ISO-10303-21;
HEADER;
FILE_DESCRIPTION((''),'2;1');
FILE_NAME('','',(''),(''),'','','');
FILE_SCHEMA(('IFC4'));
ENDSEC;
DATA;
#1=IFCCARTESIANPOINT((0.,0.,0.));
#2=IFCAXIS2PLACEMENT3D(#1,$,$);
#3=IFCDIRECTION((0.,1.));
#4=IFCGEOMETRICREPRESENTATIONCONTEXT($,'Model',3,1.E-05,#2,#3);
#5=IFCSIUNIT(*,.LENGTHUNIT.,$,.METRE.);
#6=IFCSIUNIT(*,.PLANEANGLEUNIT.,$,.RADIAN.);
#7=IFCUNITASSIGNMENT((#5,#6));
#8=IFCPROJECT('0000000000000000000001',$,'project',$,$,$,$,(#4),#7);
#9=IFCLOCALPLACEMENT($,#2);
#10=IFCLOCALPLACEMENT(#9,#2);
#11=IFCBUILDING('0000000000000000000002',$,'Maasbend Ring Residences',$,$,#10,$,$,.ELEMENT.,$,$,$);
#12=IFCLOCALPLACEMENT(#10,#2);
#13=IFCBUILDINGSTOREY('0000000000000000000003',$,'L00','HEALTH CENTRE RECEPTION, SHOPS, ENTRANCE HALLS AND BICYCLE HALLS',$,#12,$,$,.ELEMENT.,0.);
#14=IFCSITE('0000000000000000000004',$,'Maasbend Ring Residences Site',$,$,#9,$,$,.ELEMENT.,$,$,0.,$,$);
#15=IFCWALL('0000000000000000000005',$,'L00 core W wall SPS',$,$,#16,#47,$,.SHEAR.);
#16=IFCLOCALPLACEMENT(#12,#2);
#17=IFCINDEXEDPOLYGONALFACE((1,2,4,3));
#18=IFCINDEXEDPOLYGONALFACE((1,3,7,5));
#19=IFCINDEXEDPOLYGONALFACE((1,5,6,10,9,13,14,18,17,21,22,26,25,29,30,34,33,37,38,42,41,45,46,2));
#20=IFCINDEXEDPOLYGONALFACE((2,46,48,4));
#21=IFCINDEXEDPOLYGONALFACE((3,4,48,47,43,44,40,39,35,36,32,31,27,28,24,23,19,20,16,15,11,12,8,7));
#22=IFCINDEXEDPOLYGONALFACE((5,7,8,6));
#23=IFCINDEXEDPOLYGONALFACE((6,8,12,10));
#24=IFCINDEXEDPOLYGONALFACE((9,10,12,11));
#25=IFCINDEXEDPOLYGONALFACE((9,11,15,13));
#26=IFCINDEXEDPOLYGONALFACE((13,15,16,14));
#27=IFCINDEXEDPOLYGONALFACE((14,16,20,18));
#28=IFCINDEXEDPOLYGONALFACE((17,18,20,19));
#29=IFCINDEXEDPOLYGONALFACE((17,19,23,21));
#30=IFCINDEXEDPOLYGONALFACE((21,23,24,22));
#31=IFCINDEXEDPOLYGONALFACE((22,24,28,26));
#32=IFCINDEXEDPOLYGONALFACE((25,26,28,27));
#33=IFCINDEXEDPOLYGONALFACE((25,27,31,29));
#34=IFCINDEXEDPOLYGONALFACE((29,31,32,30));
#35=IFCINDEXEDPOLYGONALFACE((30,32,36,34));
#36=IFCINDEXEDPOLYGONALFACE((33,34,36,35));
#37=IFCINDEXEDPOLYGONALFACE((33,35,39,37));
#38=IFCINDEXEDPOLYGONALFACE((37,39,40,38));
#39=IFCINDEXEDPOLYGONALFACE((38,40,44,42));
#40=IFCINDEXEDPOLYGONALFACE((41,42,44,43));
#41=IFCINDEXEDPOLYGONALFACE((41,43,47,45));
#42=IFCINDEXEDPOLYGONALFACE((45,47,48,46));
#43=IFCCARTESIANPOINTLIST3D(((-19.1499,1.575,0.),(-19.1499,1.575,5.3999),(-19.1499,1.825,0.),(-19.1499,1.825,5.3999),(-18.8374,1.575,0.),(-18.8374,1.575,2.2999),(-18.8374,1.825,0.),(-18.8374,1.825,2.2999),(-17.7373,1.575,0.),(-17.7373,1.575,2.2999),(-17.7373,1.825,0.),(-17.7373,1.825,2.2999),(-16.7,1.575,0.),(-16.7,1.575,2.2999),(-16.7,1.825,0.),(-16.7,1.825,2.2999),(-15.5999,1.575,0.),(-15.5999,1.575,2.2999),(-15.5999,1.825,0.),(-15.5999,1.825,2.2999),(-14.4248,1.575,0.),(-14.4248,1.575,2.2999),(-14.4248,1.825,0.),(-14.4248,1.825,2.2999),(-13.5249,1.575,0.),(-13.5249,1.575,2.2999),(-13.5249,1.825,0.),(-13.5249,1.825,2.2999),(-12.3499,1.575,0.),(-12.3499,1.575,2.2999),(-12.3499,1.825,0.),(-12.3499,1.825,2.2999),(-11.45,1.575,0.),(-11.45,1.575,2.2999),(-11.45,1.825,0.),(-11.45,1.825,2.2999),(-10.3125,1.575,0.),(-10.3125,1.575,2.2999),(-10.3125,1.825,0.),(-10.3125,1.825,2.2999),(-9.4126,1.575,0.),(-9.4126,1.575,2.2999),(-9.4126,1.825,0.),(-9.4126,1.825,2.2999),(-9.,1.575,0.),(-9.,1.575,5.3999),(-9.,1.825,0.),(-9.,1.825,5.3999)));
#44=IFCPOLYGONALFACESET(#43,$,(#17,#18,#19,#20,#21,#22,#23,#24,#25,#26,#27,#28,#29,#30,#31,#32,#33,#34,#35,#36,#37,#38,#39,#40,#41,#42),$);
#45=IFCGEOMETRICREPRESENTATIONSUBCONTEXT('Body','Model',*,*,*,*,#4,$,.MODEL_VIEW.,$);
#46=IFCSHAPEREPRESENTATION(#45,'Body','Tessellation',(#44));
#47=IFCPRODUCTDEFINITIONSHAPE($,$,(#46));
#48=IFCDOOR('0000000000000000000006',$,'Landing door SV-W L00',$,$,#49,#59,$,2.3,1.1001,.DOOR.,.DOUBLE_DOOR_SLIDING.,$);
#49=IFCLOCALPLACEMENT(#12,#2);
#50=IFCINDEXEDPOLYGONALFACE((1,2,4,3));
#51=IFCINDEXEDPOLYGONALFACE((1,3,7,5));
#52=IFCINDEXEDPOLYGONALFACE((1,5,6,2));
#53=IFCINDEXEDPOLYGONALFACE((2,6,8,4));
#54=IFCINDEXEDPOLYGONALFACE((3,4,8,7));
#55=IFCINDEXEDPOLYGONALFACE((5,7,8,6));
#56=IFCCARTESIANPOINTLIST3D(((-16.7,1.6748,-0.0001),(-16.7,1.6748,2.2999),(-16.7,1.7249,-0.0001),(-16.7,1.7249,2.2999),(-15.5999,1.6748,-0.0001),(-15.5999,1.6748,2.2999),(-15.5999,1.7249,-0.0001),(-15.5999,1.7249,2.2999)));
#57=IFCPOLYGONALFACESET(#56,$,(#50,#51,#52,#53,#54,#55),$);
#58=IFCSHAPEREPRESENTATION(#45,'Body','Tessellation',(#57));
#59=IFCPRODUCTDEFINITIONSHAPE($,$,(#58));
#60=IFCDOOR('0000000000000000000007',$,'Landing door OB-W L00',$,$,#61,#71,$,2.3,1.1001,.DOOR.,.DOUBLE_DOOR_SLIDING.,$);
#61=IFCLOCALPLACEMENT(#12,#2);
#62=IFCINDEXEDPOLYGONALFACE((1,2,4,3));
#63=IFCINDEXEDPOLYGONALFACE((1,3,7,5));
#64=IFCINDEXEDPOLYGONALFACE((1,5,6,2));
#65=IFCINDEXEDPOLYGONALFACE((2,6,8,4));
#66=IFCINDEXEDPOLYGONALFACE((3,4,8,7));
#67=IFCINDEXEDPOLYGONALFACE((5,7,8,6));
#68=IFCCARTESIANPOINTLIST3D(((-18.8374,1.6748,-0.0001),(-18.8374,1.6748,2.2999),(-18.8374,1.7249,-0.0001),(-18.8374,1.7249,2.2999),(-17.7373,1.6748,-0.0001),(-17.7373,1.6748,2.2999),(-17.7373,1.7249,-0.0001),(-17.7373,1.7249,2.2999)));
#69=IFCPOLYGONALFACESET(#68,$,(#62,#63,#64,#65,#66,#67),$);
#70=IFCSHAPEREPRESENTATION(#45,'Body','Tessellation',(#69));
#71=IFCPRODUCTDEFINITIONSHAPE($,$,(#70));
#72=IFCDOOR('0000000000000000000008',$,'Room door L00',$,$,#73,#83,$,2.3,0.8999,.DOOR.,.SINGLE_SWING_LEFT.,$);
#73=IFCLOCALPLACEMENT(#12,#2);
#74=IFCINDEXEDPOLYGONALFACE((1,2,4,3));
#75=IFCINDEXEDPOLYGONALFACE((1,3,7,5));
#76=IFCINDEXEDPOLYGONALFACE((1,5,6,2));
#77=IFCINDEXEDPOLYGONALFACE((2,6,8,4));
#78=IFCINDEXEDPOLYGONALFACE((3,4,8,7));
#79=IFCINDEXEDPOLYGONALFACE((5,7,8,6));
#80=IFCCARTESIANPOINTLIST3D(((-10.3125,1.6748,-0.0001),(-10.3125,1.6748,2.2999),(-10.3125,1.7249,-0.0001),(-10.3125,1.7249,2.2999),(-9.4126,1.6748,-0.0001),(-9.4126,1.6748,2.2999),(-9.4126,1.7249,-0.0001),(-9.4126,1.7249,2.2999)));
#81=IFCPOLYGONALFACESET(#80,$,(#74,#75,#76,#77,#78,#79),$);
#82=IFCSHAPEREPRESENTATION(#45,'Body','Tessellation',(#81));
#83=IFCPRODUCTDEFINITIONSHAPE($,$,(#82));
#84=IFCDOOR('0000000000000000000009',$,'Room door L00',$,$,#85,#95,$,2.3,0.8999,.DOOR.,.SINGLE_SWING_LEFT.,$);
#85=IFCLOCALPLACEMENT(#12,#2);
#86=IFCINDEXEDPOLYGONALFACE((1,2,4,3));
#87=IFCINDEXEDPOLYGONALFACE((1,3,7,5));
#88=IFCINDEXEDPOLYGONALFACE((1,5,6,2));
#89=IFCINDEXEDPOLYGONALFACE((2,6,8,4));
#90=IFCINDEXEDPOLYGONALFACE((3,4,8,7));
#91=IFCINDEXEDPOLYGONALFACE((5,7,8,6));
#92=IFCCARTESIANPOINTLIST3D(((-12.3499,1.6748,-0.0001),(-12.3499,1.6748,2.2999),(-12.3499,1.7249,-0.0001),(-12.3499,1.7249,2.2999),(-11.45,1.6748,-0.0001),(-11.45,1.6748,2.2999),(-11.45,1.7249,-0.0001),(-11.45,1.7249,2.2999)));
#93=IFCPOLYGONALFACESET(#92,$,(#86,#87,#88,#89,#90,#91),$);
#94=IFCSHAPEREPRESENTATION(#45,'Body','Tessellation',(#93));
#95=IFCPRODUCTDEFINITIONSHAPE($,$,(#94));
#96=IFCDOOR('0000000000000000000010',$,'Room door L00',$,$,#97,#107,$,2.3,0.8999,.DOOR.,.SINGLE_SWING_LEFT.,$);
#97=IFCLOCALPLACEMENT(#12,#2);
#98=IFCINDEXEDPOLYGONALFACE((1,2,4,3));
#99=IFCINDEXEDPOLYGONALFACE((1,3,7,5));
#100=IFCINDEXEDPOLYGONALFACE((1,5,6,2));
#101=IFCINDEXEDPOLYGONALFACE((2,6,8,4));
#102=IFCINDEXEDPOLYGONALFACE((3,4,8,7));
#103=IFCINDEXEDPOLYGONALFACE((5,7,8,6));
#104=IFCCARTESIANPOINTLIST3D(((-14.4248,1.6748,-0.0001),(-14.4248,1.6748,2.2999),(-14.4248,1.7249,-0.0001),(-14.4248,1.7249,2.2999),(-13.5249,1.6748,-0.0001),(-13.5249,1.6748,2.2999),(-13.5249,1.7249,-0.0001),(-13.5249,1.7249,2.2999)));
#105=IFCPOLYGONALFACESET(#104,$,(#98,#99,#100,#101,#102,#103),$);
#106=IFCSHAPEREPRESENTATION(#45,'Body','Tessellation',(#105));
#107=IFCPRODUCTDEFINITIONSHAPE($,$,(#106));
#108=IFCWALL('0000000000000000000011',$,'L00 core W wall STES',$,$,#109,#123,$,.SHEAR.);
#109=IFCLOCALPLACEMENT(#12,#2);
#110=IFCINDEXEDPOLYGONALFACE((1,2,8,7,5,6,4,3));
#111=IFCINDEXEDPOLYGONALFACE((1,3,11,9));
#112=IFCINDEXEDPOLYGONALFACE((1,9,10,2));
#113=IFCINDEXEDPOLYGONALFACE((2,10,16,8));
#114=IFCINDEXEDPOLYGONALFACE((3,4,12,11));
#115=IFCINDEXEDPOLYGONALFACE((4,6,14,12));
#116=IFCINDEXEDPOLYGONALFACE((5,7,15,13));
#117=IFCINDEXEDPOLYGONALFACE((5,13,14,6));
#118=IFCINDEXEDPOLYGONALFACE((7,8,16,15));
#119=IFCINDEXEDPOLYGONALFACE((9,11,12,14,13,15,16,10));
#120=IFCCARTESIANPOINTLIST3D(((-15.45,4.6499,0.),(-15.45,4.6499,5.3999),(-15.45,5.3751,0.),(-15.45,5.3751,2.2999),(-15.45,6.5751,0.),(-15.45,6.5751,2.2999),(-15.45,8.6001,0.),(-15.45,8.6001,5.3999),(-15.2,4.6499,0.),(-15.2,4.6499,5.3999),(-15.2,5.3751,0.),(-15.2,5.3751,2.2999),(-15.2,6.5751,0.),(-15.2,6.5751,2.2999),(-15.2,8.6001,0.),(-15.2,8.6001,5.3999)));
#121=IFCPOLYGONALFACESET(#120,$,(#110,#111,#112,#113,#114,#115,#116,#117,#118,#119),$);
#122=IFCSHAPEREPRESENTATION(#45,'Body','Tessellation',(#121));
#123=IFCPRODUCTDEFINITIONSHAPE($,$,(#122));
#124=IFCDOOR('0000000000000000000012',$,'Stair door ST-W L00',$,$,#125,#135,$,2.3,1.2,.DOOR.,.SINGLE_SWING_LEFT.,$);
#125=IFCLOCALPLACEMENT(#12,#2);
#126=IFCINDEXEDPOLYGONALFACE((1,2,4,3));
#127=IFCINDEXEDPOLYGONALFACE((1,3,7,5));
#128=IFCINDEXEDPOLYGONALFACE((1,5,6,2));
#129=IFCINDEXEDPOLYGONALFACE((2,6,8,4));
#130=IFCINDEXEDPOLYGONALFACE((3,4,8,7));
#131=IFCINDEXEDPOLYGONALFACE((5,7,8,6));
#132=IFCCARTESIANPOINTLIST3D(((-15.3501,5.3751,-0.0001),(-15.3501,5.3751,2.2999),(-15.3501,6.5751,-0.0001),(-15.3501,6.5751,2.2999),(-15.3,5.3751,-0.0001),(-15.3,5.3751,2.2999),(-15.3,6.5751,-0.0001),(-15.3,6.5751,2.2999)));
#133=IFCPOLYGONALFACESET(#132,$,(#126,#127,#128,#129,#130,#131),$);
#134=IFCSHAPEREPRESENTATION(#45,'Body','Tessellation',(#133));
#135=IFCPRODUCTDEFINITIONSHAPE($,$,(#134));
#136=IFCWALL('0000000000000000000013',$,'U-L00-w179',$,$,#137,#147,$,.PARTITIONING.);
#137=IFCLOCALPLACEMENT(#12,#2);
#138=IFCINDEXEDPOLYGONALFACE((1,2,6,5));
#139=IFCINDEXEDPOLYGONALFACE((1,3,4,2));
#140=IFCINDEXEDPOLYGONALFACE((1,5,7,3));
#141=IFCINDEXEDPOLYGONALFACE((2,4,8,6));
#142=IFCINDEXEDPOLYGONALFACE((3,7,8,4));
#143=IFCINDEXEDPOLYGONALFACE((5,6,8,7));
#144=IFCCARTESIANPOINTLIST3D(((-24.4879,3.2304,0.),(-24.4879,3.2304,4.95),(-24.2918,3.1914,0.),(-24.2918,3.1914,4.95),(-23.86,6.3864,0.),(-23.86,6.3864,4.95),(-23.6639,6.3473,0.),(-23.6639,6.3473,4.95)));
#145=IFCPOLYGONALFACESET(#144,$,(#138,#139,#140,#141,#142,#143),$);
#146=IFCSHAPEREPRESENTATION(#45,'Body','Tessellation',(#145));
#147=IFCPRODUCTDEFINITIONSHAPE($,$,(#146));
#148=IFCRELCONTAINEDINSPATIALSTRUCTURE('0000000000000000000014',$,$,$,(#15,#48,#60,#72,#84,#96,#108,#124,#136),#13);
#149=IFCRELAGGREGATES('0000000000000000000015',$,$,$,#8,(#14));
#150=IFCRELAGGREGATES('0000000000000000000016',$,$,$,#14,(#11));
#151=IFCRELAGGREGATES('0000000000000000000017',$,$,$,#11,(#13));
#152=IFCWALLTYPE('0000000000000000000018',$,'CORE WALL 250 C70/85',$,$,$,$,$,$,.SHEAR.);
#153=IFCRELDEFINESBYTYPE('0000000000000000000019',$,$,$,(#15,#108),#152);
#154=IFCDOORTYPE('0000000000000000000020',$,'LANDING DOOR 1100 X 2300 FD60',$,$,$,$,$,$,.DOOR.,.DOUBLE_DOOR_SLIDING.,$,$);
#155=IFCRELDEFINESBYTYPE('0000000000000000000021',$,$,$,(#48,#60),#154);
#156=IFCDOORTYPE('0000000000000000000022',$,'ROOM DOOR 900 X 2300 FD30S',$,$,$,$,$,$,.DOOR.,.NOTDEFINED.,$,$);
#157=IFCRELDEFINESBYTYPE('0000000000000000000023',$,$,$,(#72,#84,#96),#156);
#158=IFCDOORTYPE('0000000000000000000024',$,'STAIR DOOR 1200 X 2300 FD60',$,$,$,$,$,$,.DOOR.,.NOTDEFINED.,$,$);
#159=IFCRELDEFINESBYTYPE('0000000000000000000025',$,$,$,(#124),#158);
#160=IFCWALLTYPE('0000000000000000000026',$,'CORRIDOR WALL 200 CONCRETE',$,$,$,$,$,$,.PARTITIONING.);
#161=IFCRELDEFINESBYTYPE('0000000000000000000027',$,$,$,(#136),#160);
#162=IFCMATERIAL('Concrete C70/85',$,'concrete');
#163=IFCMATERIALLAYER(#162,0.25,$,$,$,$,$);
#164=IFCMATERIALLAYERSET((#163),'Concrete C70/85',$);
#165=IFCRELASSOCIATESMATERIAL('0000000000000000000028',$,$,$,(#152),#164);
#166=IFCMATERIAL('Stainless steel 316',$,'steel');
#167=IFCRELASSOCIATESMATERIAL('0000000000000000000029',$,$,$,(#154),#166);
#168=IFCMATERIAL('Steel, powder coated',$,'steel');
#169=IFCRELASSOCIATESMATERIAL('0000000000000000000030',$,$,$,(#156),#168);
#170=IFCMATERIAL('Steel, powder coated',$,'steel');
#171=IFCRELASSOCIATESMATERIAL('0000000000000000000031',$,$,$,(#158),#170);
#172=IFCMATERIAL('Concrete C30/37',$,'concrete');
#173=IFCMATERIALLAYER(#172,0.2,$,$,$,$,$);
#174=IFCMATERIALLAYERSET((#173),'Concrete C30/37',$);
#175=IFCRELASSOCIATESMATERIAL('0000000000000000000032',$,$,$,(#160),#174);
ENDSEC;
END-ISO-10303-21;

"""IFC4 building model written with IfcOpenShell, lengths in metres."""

from ifc_helpers import new_model, si_unit, direction, frame, frame_2d, origin, place, context, subcontext, project, spatial, rectangle, extrude, material, layer, layer_set, type_object, element, fill, save


model = new_model("IFC4")

# Units and contexts
model_context = context("Model", 3, precision=1e-05, world=origin(), true_north=direction((0.0, 1.0)))
body_context = subcontext(model_context, "Body", "Model", "MODEL_VIEW")
ifc_project = project(units=[si_unit("LENGTHUNIT", "METRE"), si_unit("PLANEANGLEUNIT", "RADIAN")], contexts=[model_context])

# Site, building, storey
site_placement = place(None, origin())
site = spatial("IfcSite", under=ifc_project, at=site_placement, Name="Maasbend Ring Residences Site", CompositionType="ELEMENT", RefElevation=0.0)
building_placement = place(site_placement, origin())
building = spatial("IfcBuilding", under=site, at=building_placement, Name="Maasbend Ring Residences", CompositionType="ELEMENT")
storey_placement = place(building_placement, origin())
storey = spatial("IfcBuildingStorey", under=building, at=storey_placement, Name="L00", Description="HEALTH CENTRE RECEPTION, SHOPS, ENTRANCE HALLS AND BICYCLE HALLS", CompositionType="ELEMENT", Elevation=0.0)

# Wall, openings, doors
ifc_material_1 = material(Name="Concrete C70/85", Category="concrete")
ifc_layer_1 = layer(ifc_material_1, 0.25)
ifc_layer_set_1 = layer_set([ifc_layer_1], Name="Concrete C70/85")
wall_type_1 = type_object("IfcWallType", Name="CORE WALL 250 C70/85", PredefinedType="SHEAR", material=ifc_layer_set_1)
wall_1_placement = place(storey_placement, frame((-19.1499, 1.7, 0.0), z_axis=(0.0, 0.0, 1.0), x_axis=(1.0, 0.0, 0.0)))
wall_1 = element("IfcWall", 1, at=wall_1_placement, inside=storey, type_object=wall_type_1, Name="L00 core W wall SPS", PredefinedType="SHEAR", context=body_context, shape_type="SweptSolid", body=[
    extrude(rectangle(XDim=10.1499, YDim=0.25, at=frame_2d((5.075, 0.0))), origin(), (0.0, 0.0, 1.0), 5.3999),
])
opening_1_placement = place(wall_1_placement, frame((2.45, 0.0, 0.0)))
opening_1 = element("IfcOpeningElement", 2, at=opening_1_placement, cuts=wall_1, PredefinedType="OPENING", context=body_context, shape_type="SweptSolid", body=[
    extrude(rectangle(XDim=1.1001, YDim=2.3, at=frame_2d((0.55, 1.1499))), frame((0.0, 0.135, 0.0), z_axis=(0.0, -1.0, 0.0), x_axis=(1.0, 0.0, 0.0)), (0.0, 0.0, 1.0), 0.27),
])
opening_2_placement = place(wall_1_placement, frame((0.3125, 0.0, 0.0)))
opening_2 = element("IfcOpeningElement", 3, at=opening_2_placement, cuts=wall_1, PredefinedType="OPENING", context=body_context, shape_type="SweptSolid", body=[
    extrude(rectangle(XDim=1.1001, YDim=2.3, at=frame_2d((0.55, 1.1499))), frame((0.0, 0.135, 0.0), z_axis=(0.0, -1.0, 0.0), x_axis=(1.0, 0.0, 0.0)), (0.0, 0.0, 1.0), 0.27),
])
opening_3_placement = place(wall_1_placement, frame((8.8374, 0.0, 0.0)))
opening_3 = element("IfcOpeningElement", 4, at=opening_3_placement, cuts=wall_1, PredefinedType="OPENING", context=body_context, shape_type="SweptSolid", body=[
    extrude(rectangle(XDim=0.8999, YDim=2.3, at=frame_2d((0.45, 1.1499))), frame((0.0, 0.135, 0.0), z_axis=(0.0, -1.0, 0.0), x_axis=(1.0, 0.0, 0.0)), (0.0, 0.0, 1.0), 0.27),
])
opening_4_placement = place(wall_1_placement, frame((6.8, 0.0, 0.0)))
opening_4 = element("IfcOpeningElement", 5, at=opening_4_placement, cuts=wall_1, PredefinedType="OPENING", context=body_context, shape_type="SweptSolid", body=[
    extrude(rectangle(XDim=0.8999, YDim=2.3, at=frame_2d((0.45, 1.1499))), frame((0.0, 0.135, 0.0), z_axis=(0.0, -1.0, 0.0), x_axis=(1.0, 0.0, 0.0)), (0.0, 0.0, 1.0), 0.27),
])
opening_5_placement = place(wall_1_placement, frame((4.7251, 0.0, 0.0)))
opening_5 = element("IfcOpeningElement", 6, at=opening_5_placement, cuts=wall_1, PredefinedType="OPENING", context=body_context, shape_type="SweptSolid", body=[
    extrude(rectangle(XDim=0.8999, YDim=2.3, at=frame_2d((0.45, 1.1499))), frame((0.0, 0.135, 0.0), z_axis=(0.0, -1.0, 0.0), x_axis=(1.0, 0.0, 0.0)), (0.0, 0.0, 1.0), 0.27),
])
ifc_material_2 = material(Name="Stainless steel 316", Category="steel")
door_type_1 = type_object("IfcDoorType", Name="LANDING DOOR 1100 X 2300 FD60", OperationType="DOUBLE_DOOR_SLIDING", PredefinedType="DOOR", material=ifc_material_2)
door_1_placement = place(opening_1_placement, origin())
door_1 = element("IfcDoor", 7, at=door_1_placement, inside=storey, type_object=door_type_1, Name="Landing door SV-W L00", OperationType="DOUBLE_DOOR_SLIDING", OverallHeight=2.3, OverallWidth=1.1001, PredefinedType="DOOR", context=body_context, shape_type="SweptSolid", body=[
    extrude(rectangle(XDim=1.1001, YDim=2.3, at=frame_2d((0.55, 1.1499))), frame((0.0, 0.0249, 0.0), z_axis=(0.0, -1.0, 0.0), x_axis=(1.0, 0.0, 0.0)), (0.0, 0.0, 1.0), 0.05),
])
fill(opening_1, door_1)
door_2_placement = place(opening_2_placement, origin())
door_2 = element("IfcDoor", 8, at=door_2_placement, inside=storey, type_object=door_type_1, Name="Landing door OB-W L00", OperationType="DOUBLE_DOOR_SLIDING", OverallHeight=2.3, OverallWidth=1.1001, PredefinedType="DOOR", context=body_context, shape_type="SweptSolid", body=[
    extrude(rectangle(XDim=1.1001, YDim=2.3, at=frame_2d((0.55, 1.1499))), frame((0.0, 0.0249, 0.0), z_axis=(0.0, -1.0, 0.0), x_axis=(1.0, 0.0, 0.0)), (0.0, 0.0, 1.0), 0.05),
])
fill(opening_2, door_2)
ifc_material_3 = material(Name="Steel, powder coated", Category="steel")
door_type_2 = type_object("IfcDoorType", Name="ROOM DOOR 900 X 2300 FD30S", OperationType="NOTDEFINED", PredefinedType="DOOR", material=ifc_material_3)
door_3_placement = place(opening_3_placement, origin())
door_3 = element("IfcDoor", 9, at=door_3_placement, inside=storey, type_object=door_type_2, Name="Room door L00", OperationType="SINGLE_SWING_LEFT", OverallHeight=2.3, OverallWidth=0.8999, PredefinedType="DOOR", context=body_context, shape_type="SweptSolid", body=[
    extrude(rectangle(XDim=0.8999, YDim=2.3, at=frame_2d((0.45, 1.1499))), frame((0.0, 0.0249, 0.0), z_axis=(0.0, -1.0, 0.0), x_axis=(1.0, 0.0, 0.0)), (0.0, 0.0, 1.0), 0.05),
])
fill(opening_3, door_3)
door_4_placement = place(opening_4_placement, origin())
door_4 = element("IfcDoor", 10, at=door_4_placement, inside=storey, type_object=door_type_2, Name="Room door L00", OperationType="SINGLE_SWING_LEFT", OverallHeight=2.3, OverallWidth=0.8999, PredefinedType="DOOR", context=body_context, shape_type="SweptSolid", body=[
    extrude(rectangle(XDim=0.8999, YDim=2.3, at=frame_2d((0.45, 1.1499))), frame((0.0, 0.0249, 0.0), z_axis=(0.0, -1.0, 0.0), x_axis=(1.0, 0.0, 0.0)), (0.0, 0.0, 1.0), 0.05),
])
fill(opening_4, door_4)
door_5_placement = place(opening_5_placement, origin())
door_5 = element("IfcDoor", 11, at=door_5_placement, inside=storey, type_object=door_type_2, Name="Room door L00", OperationType="SINGLE_SWING_LEFT", OverallHeight=2.3, OverallWidth=0.8999, PredefinedType="DOOR", context=body_context, shape_type="SweptSolid", body=[
    extrude(rectangle(XDim=0.8999, YDim=2.3, at=frame_2d((0.45, 1.1499))), frame((0.0, 0.0249, 0.0), z_axis=(0.0, -1.0, 0.0), x_axis=(1.0, 0.0, 0.0)), (0.0, 0.0, 1.0), 0.05),
])
fill(opening_5, door_5)

# Wall, opening, door
wall_2_placement = place(storey_placement, frame((-15.325, 8.6001, 0.0), z_axis=(0.0, 0.0, 1.0), x_axis=(0.0, -1.0, 0.0)))
wall_2 = element("IfcWall", 12, at=wall_2_placement, inside=storey, type_object=wall_type_1, Name="L00 core W wall STES", PredefinedType="SHEAR", context=body_context, shape_type="SweptSolid", body=[
    extrude(rectangle(XDim=3.9502, YDim=0.25, at=frame_2d((1.9751, 0.0))), origin(), (0.0, 0.0, 1.0), 5.3999),
])
opening_6_placement = place(wall_2_placement, frame((2.0249, 0.0, 0.0)))
opening_6 = element("IfcOpeningElement", 13, at=opening_6_placement, cuts=wall_2, PredefinedType="OPENING", context=body_context, shape_type="SweptSolid", body=[
    extrude(rectangle(XDim=1.2, YDim=2.3, at=frame_2d((0.6001, 1.1499))), frame((0.0, 0.135, 0.0), z_axis=(0.0, -1.0, 0.0), x_axis=(1.0, 0.0, 0.0)), (0.0, 0.0, 1.0), 0.27),
])
ifc_material_4 = material(Name="Steel, powder coated", Category="steel")
door_type_3 = type_object("IfcDoorType", Name="STAIR DOOR 1200 X 2300 FD60", OperationType="NOTDEFINED", PredefinedType="DOOR", material=ifc_material_4)
door_6_placement = place(opening_6_placement, origin())
door_6 = element("IfcDoor", 14, at=door_6_placement, inside=storey, type_object=door_type_3, Name="Stair door ST-W L00", OperationType="SINGLE_SWING_LEFT", OverallHeight=2.3, OverallWidth=1.2, PredefinedType="DOOR", context=body_context, shape_type="SweptSolid", body=[
    extrude(rectangle(XDim=1.2, YDim=2.3, at=frame_2d((0.6001, 1.1499))), frame((0.0, 0.0249, 0.0), z_axis=(0.0, -1.0, 0.0), x_axis=(1.0, 0.0, 0.0)), (0.0, 0.0, 1.0), 0.05),
])
fill(opening_6, door_6)

# Wall
ifc_material_5 = material(Name="Concrete C30/37", Category="concrete")
ifc_layer_2 = layer(ifc_material_5, 0.2)
ifc_layer_set_2 = layer_set([ifc_layer_2], Name="Concrete C30/37")
wall_type_2 = type_object("IfcWallType", Name="CORRIDOR WALL 200 CONCRETE", PredefinedType="PARTITIONING", material=ifc_layer_set_2)
wall_3_placement = place(storey_placement, frame((-24.3899, 3.2109, 0.0), z_axis=(0.0, 0.0, 1.0), x_axis=(0.195138, 0.980776, 0.0)))
element("IfcWall", 15, at=wall_3_placement, inside=storey, type_object=wall_type_2, Name="U-L00-w179", PredefinedType="PARTITIONING", context=body_context, shape_type="SweptSolid", body=[
    extrude(rectangle(XDim=3.2178, YDim=0.2, at=frame_2d((1.6089, 0.0))), origin(), (0.0, 0.0, 1.0), 4.95),
])

save(model, "model.ifc")
